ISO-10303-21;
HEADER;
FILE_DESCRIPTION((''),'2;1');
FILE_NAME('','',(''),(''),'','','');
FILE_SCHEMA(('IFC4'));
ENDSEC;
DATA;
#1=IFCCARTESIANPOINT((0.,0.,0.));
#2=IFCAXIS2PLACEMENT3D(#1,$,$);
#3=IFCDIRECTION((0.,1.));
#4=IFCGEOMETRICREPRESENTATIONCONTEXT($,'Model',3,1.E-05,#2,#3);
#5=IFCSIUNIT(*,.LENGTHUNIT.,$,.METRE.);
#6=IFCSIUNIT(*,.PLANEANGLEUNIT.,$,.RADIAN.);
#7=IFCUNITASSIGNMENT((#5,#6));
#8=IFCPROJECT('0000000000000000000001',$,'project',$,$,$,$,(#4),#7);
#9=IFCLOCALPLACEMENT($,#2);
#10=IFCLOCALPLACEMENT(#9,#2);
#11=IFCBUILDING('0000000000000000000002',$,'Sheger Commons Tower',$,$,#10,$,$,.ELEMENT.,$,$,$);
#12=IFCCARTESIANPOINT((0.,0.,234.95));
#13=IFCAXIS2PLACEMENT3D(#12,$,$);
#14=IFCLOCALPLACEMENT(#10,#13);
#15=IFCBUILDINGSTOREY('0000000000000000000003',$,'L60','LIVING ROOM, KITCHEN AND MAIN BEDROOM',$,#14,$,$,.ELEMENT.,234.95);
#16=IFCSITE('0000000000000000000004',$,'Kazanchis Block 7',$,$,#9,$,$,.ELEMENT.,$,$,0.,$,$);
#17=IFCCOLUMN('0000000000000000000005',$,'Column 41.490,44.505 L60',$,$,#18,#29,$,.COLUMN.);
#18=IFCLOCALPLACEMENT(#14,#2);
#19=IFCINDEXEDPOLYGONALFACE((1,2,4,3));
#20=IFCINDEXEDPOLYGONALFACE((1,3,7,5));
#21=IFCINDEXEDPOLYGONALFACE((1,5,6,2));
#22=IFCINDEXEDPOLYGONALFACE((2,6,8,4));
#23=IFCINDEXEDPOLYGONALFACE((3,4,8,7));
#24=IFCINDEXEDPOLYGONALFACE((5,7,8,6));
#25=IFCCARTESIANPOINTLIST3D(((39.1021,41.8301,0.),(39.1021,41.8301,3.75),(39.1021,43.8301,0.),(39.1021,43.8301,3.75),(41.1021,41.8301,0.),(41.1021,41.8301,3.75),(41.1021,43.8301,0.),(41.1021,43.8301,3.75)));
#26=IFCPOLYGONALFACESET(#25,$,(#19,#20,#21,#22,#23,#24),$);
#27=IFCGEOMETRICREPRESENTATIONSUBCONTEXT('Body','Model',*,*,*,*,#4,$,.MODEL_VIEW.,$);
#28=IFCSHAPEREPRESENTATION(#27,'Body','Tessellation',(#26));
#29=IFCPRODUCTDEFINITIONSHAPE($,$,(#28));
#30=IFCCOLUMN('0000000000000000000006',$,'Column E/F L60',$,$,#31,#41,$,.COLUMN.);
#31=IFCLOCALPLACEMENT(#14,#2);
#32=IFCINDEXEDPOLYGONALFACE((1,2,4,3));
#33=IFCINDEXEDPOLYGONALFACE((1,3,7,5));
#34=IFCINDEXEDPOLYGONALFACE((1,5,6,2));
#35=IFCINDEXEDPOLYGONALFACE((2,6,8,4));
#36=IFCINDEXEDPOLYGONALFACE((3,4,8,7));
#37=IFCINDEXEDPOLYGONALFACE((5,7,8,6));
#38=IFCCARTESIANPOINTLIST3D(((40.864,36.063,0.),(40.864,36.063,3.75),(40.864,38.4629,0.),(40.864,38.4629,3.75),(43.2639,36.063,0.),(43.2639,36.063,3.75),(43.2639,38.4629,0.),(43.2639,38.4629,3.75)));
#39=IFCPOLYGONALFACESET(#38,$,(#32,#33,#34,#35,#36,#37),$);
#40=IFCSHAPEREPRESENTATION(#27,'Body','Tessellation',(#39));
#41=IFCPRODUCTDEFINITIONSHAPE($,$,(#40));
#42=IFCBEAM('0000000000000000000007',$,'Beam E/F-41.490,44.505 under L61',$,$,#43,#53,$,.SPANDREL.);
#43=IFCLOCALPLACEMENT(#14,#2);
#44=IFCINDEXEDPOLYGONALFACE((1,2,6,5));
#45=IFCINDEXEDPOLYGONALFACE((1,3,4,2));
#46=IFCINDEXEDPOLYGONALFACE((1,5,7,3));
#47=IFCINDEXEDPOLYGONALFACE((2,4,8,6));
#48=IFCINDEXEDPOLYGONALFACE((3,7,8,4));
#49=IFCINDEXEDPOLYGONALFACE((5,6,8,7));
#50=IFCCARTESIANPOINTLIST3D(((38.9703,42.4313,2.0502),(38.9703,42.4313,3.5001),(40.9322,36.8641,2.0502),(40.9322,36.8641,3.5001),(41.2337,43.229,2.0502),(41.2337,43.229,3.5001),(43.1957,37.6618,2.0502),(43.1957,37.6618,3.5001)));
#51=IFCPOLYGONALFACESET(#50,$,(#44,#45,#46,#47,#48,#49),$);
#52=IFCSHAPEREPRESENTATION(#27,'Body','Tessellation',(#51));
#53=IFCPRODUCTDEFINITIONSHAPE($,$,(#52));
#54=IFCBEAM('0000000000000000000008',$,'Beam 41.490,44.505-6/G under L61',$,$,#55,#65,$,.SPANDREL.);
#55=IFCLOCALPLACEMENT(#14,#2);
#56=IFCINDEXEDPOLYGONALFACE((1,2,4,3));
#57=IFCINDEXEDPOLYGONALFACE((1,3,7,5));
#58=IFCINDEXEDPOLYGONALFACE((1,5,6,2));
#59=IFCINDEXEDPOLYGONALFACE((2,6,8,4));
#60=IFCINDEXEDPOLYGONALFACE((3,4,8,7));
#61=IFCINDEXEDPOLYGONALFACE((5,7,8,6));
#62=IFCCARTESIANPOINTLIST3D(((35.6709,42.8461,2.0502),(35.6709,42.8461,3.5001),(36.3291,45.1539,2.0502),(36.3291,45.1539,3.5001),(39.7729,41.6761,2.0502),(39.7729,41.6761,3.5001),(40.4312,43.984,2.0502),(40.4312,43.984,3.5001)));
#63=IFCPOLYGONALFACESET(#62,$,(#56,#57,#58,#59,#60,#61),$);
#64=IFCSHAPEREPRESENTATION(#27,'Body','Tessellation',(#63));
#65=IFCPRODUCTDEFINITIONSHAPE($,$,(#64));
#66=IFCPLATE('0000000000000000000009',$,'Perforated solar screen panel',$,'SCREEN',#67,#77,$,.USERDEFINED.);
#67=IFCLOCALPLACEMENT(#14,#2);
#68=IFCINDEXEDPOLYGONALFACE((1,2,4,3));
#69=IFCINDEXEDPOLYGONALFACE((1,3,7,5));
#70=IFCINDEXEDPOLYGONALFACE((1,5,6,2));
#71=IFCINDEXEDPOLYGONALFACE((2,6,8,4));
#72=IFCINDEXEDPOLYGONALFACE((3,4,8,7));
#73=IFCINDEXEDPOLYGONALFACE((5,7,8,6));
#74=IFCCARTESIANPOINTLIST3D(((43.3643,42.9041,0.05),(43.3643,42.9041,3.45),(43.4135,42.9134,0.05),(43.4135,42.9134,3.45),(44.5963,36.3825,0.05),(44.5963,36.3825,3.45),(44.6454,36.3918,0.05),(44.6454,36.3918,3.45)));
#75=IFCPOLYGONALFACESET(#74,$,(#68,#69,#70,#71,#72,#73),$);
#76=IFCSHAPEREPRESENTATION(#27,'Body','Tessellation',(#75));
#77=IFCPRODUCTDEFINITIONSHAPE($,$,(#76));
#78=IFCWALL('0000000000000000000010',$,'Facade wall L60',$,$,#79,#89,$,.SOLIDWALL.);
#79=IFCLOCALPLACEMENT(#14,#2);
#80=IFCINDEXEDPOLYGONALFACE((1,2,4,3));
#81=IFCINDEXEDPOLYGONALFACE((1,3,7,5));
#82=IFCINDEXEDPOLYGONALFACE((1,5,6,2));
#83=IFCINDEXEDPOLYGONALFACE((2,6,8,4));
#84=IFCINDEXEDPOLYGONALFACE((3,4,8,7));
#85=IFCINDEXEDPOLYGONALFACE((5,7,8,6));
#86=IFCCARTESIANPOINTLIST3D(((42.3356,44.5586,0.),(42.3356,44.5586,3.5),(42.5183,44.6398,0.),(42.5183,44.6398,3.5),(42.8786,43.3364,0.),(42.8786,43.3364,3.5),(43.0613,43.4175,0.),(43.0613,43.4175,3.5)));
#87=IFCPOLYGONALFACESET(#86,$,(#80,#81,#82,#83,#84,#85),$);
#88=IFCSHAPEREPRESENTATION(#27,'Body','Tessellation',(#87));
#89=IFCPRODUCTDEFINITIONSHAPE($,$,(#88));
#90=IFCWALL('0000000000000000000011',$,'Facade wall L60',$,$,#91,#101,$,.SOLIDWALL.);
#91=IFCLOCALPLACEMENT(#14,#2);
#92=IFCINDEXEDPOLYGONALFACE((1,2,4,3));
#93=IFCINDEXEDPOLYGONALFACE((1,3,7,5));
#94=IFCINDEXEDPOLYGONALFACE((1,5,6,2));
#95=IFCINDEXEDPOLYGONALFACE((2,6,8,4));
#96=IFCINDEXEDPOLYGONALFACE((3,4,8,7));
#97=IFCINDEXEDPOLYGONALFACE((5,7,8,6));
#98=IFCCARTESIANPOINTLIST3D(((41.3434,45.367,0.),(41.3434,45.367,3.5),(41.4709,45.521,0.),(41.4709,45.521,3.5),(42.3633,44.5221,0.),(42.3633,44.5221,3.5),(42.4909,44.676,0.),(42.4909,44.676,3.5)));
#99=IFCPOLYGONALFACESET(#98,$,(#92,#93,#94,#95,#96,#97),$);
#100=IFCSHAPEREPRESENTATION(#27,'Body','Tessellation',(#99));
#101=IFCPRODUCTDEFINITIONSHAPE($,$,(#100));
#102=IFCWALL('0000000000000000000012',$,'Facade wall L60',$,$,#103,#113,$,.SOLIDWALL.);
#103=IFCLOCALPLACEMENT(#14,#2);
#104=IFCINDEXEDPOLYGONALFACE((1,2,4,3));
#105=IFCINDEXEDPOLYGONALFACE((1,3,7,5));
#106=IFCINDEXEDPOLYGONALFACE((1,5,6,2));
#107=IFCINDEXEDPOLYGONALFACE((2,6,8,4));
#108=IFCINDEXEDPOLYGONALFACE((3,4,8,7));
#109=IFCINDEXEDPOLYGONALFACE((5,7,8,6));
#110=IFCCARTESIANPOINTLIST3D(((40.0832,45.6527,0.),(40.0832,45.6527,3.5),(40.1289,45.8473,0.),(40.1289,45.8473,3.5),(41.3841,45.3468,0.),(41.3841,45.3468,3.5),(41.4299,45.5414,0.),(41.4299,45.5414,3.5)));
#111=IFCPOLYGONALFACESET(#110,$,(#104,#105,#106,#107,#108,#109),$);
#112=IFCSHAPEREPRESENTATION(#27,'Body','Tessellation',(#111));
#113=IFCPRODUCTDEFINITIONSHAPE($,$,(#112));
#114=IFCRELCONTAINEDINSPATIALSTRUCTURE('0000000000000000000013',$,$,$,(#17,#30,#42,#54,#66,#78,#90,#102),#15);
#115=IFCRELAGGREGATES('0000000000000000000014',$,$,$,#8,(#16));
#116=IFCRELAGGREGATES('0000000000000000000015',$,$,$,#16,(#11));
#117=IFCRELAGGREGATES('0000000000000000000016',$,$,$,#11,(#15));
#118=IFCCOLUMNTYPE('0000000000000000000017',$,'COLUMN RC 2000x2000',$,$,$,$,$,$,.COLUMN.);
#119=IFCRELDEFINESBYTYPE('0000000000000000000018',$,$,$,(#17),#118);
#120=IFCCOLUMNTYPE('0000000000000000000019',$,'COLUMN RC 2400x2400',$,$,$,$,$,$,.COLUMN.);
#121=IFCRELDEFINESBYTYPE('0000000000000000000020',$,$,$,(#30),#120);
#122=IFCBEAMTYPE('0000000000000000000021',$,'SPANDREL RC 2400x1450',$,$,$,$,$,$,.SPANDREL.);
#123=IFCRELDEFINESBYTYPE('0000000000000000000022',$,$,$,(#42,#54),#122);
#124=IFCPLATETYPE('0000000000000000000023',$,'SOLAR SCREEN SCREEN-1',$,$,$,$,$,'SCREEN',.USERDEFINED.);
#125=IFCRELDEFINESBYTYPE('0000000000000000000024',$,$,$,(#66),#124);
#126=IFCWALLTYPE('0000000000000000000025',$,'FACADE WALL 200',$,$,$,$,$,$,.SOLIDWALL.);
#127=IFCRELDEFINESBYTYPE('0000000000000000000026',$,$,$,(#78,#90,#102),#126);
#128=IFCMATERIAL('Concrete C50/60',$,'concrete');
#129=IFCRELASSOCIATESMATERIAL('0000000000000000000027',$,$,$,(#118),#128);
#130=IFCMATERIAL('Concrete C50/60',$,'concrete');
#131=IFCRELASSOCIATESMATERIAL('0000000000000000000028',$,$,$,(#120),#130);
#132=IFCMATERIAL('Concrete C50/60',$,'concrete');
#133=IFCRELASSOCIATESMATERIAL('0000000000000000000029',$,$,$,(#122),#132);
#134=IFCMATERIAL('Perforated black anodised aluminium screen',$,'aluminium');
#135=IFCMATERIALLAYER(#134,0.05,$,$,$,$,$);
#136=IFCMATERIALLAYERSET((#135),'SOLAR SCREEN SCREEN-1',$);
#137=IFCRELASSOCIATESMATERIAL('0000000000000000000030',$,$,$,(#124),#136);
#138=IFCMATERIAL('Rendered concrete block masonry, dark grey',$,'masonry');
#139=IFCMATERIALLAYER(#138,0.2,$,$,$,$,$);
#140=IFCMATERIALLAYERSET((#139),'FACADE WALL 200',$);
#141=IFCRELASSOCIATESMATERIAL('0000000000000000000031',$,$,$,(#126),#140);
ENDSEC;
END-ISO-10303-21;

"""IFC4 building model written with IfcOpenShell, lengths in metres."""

from ifc_helpers import new_model, si_unit, direction, frame, frame_2d, origin, origin_2d, place, context, subcontext, project, spatial, rectangle, extrude, material, layer, layer_set, material_profile, profile_set, type_object, element, save


model = new_model("IFC4")

# Units and contexts
model_context = context("Model", 3, precision=1e-05, world=origin(), true_north=direction((0.0, 1.0)))
body_context = subcontext(model_context, "Body", "Model", "MODEL_VIEW")
ifc_project = project(units=[si_unit("LENGTHUNIT", "METRE"), si_unit("PLANEANGLEUNIT", "RADIAN")], contexts=[model_context])

# Site, building, storey
site_placement = place(None, origin())
site = spatial("IfcSite", under=ifc_project, at=site_placement, Name="Kazanchis Block 7", CompositionType="ELEMENT", RefElevation=0.0)
building_placement = place(site_placement, origin())
building = spatial("IfcBuilding", under=site, at=building_placement, Name="Sheger Commons Tower", CompositionType="ELEMENT")
storey_placement = place(building_placement, frame((0.0, 0.0, 234.95)))
storey = spatial("IfcBuildingStorey", under=building, at=storey_placement, Name="L60", Description="LIVING ROOM, KITCHEN AND MAIN BEDROOM", CompositionType="ELEMENT", Elevation=234.95)

# Columns
ifc_material_1 = material(Name="Concrete C50/60", Category="concrete")
ifc_material_profile_1 = material_profile(ifc_material_1, rectangle(XDim=2.0, YDim=2.0, at=origin_2d()), Name="RC 2000x2000")
ifc_profile_set_1 = profile_set([ifc_material_profile_1], Name="Concrete C50/60")
column_type_1 = type_object("IfcColumnType", Name="COLUMN RC 2000x2000", PredefinedType="COLUMN", material=ifc_profile_set_1)
column_1_placement = place(storey_placement, frame((40.1021, 42.8301, 0.0), z_axis=(0.0, 0.0, 1.0), x_axis=(1.0, 0.0, 0.0)))
element("IfcColumn", 1, at=column_1_placement, inside=storey, type_object=column_type_1, Name="Column 41.490,44.505 L60", PredefinedType="COLUMN", context=body_context, shape_type="SweptSolid", body=[
    extrude(rectangle(XDim=2.0, YDim=2.0, at=origin_2d()), origin(), (0.0, 0.0, 1.0), 3.75),
])
ifc_material_2 = material(Name="Concrete C50/60", Category="concrete")
ifc_material_profile_2 = material_profile(ifc_material_2, rectangle(XDim=2.3999, YDim=2.3999, at=origin_2d()), Name="RC 2400x2400")
ifc_profile_set_2 = profile_set([ifc_material_profile_2], Name="Concrete C50/60")
column_type_2 = type_object("IfcColumnType", Name="COLUMN RC 2400x2400", PredefinedType="COLUMN", material=ifc_profile_set_2)
column_2_placement = place(storey_placement, frame((42.064, 37.2629, 0.0), z_axis=(0.0, 0.0, 1.0), x_axis=(1.0, 0.0, 0.0)))
element("IfcColumn", 2, at=column_2_placement, inside=storey, type_object=column_type_2, Name="Column E/F L60", PredefinedType="COLUMN", context=body_context, shape_type="SweptSolid", body=[
    extrude(rectangle(XDim=2.3999, YDim=2.3999, at=origin_2d()), origin(), (0.0, 0.0, 1.0), 3.75),
])

# Beams
ifc_material_3 = material(Name="Concrete C50/60", Category="concrete")
ifc_material_profile_3 = material_profile(ifc_material_3, rectangle(XDim=2.3999, YDim=1.45, at=origin_2d()), Name="RC 2400x1450")
ifc_profile_set_3 = profile_set([ifc_material_profile_3], Name="Concrete C50/60")
beam_type = type_object("IfcBeamType", Name="SPANDREL RC 2400x1450", PredefinedType="SPANDREL", material=ifc_profile_set_3)
beam_1_placement = place(storey_placement, frame((42.064, 37.2629, 2.7751), z_axis=(-0.332374, 0.943148, 0.0), x_axis=(-0.943148, -0.332374, 0.0)))
element("IfcBeam", 3, at=beam_1_placement, inside=storey, type_object=beam_type, Name="Beam E/F-41.490,44.505 under L61", PredefinedType="SPANDREL", context=body_context, shape_type="SweptSolid", body=[
    extrude(rectangle(XDim=2.3999, YDim=1.45, at=origin_2d()), origin(), (0.0, 0.0, 1.0), 5.9028),
])
beam_2_placement = place(storey_placement, frame((40.1021, 42.8301, 2.7751), z_axis=(-0.961653, 0.274268, 0.0), x_axis=(-0.274268, -0.961653, 0.0)))
element("IfcBeam", 4, at=beam_2_placement, inside=storey, type_object=beam_type, Name="Beam 41.490,44.505-6/G under L61", PredefinedType="SPANDREL", context=body_context, shape_type="SweptSolid", body=[
    extrude(rectangle(XDim=2.3999, YDim=1.45, at=origin_2d()), origin(), (0.0, 0.0, 1.0), 4.2656),
])

# Plate
ifc_material_4 = material(Name="Perforated black anodised aluminium screen", Category="aluminium")
ifc_layer_1 = layer(ifc_material_4, 0.05)
ifc_layer_set_1 = layer_set([ifc_layer_1], Name="SOLAR SCREEN SCREEN-1")
plate_type = type_object("IfcPlateType", Name="SOLAR SCREEN SCREEN-1", ElementType="SCREEN", PredefinedType="USERDEFINED", material=ifc_layer_set_1)
plate_placement = place(storey_placement, frame((44.0049, 39.6479, 0.05), z_axis=(0.0, 0.0, 1.0), x_axis=(-0.185615, 0.982623, 0.0)))
element("IfcPlate", 5, at=plate_placement, inside=storey, type_object=plate_type, Name="Perforated solar screen panel", ObjectType="SCREEN", PredefinedType="USERDEFINED", context=body_context, shape_type="SweptSolid", body=[
    extrude(rectangle(XDim=6.637, YDim=0.05, at=origin_2d()), origin(), (0.0, 0.0, 1.0), 3.3999),
])

# Walls
ifc_material_5 = material(Name="Rendered concrete block masonry, dark grey", Category="masonry")
ifc_layer_2 = layer(ifc_material_5, 0.2)
ifc_layer_set_2 = layer_set([ifc_layer_2], Name="FACADE WALL 200")
wall_type_1 = type_object("IfcWallType", Name="FACADE WALL 200", PredefinedType="SOLIDWALL", material=ifc_layer_set_2)
wall_1_placement = place(storey_placement, frame((42.97, 43.377, 0.0), z_axis=(0.0, 0.0, 1.0), x_axis=(-0.406003, 0.913872, 0.0)))
element("IfcWall", 6, at=wall_1_placement, inside=storey, type_object=wall_type_1, Name="Facade wall L60", PredefinedType="SOLIDWALL", context=body_context, shape_type="SweptSolid", body=[
    extrude(rectangle(XDim=1.3374, YDim=0.2, at=frame_2d((0.6687, 0.0))), origin(), (0.0, 0.0, 1.0), 3.5),
])
wall_2_placement = place(storey_placement, frame((42.427, 44.5991, 0.0), z_axis=(0.0, 0.0, 1.0), x_axis=(-0.770091, 0.637934, 0.0)))
element("IfcWall", 7, at=wall_2_placement, inside=storey, type_object=wall_type_1, Name="Facade wall L60", PredefinedType="SOLIDWALL", context=body_context, shape_type="SweptSolid", body=[
    extrude(rectangle(XDim=1.3245, YDim=0.2, at=frame_2d((0.6621, 0.0))), origin(), (0.0, 0.0, 1.0), 3.5),
])
wall_3_placement = place(storey_placement, frame((41.407, 45.4441, 0.0), z_axis=(0.0, 0.0, 1.0), x_axis=(-0.973453, 0.228887, 0.0)))
element("IfcWall", 8, at=wall_3_placement, inside=storey, type_object=wall_type_1, Name="Facade wall L60", PredefinedType="SOLIDWALL", context=body_context, shape_type="SweptSolid", body=[
    extrude(rectangle(XDim=1.3364, YDim=0.2, at=frame_2d((0.6682, 0.0))), origin(), (0.0, 0.0, 1.0), 3.5),
])

save(model, "model.ifc")
